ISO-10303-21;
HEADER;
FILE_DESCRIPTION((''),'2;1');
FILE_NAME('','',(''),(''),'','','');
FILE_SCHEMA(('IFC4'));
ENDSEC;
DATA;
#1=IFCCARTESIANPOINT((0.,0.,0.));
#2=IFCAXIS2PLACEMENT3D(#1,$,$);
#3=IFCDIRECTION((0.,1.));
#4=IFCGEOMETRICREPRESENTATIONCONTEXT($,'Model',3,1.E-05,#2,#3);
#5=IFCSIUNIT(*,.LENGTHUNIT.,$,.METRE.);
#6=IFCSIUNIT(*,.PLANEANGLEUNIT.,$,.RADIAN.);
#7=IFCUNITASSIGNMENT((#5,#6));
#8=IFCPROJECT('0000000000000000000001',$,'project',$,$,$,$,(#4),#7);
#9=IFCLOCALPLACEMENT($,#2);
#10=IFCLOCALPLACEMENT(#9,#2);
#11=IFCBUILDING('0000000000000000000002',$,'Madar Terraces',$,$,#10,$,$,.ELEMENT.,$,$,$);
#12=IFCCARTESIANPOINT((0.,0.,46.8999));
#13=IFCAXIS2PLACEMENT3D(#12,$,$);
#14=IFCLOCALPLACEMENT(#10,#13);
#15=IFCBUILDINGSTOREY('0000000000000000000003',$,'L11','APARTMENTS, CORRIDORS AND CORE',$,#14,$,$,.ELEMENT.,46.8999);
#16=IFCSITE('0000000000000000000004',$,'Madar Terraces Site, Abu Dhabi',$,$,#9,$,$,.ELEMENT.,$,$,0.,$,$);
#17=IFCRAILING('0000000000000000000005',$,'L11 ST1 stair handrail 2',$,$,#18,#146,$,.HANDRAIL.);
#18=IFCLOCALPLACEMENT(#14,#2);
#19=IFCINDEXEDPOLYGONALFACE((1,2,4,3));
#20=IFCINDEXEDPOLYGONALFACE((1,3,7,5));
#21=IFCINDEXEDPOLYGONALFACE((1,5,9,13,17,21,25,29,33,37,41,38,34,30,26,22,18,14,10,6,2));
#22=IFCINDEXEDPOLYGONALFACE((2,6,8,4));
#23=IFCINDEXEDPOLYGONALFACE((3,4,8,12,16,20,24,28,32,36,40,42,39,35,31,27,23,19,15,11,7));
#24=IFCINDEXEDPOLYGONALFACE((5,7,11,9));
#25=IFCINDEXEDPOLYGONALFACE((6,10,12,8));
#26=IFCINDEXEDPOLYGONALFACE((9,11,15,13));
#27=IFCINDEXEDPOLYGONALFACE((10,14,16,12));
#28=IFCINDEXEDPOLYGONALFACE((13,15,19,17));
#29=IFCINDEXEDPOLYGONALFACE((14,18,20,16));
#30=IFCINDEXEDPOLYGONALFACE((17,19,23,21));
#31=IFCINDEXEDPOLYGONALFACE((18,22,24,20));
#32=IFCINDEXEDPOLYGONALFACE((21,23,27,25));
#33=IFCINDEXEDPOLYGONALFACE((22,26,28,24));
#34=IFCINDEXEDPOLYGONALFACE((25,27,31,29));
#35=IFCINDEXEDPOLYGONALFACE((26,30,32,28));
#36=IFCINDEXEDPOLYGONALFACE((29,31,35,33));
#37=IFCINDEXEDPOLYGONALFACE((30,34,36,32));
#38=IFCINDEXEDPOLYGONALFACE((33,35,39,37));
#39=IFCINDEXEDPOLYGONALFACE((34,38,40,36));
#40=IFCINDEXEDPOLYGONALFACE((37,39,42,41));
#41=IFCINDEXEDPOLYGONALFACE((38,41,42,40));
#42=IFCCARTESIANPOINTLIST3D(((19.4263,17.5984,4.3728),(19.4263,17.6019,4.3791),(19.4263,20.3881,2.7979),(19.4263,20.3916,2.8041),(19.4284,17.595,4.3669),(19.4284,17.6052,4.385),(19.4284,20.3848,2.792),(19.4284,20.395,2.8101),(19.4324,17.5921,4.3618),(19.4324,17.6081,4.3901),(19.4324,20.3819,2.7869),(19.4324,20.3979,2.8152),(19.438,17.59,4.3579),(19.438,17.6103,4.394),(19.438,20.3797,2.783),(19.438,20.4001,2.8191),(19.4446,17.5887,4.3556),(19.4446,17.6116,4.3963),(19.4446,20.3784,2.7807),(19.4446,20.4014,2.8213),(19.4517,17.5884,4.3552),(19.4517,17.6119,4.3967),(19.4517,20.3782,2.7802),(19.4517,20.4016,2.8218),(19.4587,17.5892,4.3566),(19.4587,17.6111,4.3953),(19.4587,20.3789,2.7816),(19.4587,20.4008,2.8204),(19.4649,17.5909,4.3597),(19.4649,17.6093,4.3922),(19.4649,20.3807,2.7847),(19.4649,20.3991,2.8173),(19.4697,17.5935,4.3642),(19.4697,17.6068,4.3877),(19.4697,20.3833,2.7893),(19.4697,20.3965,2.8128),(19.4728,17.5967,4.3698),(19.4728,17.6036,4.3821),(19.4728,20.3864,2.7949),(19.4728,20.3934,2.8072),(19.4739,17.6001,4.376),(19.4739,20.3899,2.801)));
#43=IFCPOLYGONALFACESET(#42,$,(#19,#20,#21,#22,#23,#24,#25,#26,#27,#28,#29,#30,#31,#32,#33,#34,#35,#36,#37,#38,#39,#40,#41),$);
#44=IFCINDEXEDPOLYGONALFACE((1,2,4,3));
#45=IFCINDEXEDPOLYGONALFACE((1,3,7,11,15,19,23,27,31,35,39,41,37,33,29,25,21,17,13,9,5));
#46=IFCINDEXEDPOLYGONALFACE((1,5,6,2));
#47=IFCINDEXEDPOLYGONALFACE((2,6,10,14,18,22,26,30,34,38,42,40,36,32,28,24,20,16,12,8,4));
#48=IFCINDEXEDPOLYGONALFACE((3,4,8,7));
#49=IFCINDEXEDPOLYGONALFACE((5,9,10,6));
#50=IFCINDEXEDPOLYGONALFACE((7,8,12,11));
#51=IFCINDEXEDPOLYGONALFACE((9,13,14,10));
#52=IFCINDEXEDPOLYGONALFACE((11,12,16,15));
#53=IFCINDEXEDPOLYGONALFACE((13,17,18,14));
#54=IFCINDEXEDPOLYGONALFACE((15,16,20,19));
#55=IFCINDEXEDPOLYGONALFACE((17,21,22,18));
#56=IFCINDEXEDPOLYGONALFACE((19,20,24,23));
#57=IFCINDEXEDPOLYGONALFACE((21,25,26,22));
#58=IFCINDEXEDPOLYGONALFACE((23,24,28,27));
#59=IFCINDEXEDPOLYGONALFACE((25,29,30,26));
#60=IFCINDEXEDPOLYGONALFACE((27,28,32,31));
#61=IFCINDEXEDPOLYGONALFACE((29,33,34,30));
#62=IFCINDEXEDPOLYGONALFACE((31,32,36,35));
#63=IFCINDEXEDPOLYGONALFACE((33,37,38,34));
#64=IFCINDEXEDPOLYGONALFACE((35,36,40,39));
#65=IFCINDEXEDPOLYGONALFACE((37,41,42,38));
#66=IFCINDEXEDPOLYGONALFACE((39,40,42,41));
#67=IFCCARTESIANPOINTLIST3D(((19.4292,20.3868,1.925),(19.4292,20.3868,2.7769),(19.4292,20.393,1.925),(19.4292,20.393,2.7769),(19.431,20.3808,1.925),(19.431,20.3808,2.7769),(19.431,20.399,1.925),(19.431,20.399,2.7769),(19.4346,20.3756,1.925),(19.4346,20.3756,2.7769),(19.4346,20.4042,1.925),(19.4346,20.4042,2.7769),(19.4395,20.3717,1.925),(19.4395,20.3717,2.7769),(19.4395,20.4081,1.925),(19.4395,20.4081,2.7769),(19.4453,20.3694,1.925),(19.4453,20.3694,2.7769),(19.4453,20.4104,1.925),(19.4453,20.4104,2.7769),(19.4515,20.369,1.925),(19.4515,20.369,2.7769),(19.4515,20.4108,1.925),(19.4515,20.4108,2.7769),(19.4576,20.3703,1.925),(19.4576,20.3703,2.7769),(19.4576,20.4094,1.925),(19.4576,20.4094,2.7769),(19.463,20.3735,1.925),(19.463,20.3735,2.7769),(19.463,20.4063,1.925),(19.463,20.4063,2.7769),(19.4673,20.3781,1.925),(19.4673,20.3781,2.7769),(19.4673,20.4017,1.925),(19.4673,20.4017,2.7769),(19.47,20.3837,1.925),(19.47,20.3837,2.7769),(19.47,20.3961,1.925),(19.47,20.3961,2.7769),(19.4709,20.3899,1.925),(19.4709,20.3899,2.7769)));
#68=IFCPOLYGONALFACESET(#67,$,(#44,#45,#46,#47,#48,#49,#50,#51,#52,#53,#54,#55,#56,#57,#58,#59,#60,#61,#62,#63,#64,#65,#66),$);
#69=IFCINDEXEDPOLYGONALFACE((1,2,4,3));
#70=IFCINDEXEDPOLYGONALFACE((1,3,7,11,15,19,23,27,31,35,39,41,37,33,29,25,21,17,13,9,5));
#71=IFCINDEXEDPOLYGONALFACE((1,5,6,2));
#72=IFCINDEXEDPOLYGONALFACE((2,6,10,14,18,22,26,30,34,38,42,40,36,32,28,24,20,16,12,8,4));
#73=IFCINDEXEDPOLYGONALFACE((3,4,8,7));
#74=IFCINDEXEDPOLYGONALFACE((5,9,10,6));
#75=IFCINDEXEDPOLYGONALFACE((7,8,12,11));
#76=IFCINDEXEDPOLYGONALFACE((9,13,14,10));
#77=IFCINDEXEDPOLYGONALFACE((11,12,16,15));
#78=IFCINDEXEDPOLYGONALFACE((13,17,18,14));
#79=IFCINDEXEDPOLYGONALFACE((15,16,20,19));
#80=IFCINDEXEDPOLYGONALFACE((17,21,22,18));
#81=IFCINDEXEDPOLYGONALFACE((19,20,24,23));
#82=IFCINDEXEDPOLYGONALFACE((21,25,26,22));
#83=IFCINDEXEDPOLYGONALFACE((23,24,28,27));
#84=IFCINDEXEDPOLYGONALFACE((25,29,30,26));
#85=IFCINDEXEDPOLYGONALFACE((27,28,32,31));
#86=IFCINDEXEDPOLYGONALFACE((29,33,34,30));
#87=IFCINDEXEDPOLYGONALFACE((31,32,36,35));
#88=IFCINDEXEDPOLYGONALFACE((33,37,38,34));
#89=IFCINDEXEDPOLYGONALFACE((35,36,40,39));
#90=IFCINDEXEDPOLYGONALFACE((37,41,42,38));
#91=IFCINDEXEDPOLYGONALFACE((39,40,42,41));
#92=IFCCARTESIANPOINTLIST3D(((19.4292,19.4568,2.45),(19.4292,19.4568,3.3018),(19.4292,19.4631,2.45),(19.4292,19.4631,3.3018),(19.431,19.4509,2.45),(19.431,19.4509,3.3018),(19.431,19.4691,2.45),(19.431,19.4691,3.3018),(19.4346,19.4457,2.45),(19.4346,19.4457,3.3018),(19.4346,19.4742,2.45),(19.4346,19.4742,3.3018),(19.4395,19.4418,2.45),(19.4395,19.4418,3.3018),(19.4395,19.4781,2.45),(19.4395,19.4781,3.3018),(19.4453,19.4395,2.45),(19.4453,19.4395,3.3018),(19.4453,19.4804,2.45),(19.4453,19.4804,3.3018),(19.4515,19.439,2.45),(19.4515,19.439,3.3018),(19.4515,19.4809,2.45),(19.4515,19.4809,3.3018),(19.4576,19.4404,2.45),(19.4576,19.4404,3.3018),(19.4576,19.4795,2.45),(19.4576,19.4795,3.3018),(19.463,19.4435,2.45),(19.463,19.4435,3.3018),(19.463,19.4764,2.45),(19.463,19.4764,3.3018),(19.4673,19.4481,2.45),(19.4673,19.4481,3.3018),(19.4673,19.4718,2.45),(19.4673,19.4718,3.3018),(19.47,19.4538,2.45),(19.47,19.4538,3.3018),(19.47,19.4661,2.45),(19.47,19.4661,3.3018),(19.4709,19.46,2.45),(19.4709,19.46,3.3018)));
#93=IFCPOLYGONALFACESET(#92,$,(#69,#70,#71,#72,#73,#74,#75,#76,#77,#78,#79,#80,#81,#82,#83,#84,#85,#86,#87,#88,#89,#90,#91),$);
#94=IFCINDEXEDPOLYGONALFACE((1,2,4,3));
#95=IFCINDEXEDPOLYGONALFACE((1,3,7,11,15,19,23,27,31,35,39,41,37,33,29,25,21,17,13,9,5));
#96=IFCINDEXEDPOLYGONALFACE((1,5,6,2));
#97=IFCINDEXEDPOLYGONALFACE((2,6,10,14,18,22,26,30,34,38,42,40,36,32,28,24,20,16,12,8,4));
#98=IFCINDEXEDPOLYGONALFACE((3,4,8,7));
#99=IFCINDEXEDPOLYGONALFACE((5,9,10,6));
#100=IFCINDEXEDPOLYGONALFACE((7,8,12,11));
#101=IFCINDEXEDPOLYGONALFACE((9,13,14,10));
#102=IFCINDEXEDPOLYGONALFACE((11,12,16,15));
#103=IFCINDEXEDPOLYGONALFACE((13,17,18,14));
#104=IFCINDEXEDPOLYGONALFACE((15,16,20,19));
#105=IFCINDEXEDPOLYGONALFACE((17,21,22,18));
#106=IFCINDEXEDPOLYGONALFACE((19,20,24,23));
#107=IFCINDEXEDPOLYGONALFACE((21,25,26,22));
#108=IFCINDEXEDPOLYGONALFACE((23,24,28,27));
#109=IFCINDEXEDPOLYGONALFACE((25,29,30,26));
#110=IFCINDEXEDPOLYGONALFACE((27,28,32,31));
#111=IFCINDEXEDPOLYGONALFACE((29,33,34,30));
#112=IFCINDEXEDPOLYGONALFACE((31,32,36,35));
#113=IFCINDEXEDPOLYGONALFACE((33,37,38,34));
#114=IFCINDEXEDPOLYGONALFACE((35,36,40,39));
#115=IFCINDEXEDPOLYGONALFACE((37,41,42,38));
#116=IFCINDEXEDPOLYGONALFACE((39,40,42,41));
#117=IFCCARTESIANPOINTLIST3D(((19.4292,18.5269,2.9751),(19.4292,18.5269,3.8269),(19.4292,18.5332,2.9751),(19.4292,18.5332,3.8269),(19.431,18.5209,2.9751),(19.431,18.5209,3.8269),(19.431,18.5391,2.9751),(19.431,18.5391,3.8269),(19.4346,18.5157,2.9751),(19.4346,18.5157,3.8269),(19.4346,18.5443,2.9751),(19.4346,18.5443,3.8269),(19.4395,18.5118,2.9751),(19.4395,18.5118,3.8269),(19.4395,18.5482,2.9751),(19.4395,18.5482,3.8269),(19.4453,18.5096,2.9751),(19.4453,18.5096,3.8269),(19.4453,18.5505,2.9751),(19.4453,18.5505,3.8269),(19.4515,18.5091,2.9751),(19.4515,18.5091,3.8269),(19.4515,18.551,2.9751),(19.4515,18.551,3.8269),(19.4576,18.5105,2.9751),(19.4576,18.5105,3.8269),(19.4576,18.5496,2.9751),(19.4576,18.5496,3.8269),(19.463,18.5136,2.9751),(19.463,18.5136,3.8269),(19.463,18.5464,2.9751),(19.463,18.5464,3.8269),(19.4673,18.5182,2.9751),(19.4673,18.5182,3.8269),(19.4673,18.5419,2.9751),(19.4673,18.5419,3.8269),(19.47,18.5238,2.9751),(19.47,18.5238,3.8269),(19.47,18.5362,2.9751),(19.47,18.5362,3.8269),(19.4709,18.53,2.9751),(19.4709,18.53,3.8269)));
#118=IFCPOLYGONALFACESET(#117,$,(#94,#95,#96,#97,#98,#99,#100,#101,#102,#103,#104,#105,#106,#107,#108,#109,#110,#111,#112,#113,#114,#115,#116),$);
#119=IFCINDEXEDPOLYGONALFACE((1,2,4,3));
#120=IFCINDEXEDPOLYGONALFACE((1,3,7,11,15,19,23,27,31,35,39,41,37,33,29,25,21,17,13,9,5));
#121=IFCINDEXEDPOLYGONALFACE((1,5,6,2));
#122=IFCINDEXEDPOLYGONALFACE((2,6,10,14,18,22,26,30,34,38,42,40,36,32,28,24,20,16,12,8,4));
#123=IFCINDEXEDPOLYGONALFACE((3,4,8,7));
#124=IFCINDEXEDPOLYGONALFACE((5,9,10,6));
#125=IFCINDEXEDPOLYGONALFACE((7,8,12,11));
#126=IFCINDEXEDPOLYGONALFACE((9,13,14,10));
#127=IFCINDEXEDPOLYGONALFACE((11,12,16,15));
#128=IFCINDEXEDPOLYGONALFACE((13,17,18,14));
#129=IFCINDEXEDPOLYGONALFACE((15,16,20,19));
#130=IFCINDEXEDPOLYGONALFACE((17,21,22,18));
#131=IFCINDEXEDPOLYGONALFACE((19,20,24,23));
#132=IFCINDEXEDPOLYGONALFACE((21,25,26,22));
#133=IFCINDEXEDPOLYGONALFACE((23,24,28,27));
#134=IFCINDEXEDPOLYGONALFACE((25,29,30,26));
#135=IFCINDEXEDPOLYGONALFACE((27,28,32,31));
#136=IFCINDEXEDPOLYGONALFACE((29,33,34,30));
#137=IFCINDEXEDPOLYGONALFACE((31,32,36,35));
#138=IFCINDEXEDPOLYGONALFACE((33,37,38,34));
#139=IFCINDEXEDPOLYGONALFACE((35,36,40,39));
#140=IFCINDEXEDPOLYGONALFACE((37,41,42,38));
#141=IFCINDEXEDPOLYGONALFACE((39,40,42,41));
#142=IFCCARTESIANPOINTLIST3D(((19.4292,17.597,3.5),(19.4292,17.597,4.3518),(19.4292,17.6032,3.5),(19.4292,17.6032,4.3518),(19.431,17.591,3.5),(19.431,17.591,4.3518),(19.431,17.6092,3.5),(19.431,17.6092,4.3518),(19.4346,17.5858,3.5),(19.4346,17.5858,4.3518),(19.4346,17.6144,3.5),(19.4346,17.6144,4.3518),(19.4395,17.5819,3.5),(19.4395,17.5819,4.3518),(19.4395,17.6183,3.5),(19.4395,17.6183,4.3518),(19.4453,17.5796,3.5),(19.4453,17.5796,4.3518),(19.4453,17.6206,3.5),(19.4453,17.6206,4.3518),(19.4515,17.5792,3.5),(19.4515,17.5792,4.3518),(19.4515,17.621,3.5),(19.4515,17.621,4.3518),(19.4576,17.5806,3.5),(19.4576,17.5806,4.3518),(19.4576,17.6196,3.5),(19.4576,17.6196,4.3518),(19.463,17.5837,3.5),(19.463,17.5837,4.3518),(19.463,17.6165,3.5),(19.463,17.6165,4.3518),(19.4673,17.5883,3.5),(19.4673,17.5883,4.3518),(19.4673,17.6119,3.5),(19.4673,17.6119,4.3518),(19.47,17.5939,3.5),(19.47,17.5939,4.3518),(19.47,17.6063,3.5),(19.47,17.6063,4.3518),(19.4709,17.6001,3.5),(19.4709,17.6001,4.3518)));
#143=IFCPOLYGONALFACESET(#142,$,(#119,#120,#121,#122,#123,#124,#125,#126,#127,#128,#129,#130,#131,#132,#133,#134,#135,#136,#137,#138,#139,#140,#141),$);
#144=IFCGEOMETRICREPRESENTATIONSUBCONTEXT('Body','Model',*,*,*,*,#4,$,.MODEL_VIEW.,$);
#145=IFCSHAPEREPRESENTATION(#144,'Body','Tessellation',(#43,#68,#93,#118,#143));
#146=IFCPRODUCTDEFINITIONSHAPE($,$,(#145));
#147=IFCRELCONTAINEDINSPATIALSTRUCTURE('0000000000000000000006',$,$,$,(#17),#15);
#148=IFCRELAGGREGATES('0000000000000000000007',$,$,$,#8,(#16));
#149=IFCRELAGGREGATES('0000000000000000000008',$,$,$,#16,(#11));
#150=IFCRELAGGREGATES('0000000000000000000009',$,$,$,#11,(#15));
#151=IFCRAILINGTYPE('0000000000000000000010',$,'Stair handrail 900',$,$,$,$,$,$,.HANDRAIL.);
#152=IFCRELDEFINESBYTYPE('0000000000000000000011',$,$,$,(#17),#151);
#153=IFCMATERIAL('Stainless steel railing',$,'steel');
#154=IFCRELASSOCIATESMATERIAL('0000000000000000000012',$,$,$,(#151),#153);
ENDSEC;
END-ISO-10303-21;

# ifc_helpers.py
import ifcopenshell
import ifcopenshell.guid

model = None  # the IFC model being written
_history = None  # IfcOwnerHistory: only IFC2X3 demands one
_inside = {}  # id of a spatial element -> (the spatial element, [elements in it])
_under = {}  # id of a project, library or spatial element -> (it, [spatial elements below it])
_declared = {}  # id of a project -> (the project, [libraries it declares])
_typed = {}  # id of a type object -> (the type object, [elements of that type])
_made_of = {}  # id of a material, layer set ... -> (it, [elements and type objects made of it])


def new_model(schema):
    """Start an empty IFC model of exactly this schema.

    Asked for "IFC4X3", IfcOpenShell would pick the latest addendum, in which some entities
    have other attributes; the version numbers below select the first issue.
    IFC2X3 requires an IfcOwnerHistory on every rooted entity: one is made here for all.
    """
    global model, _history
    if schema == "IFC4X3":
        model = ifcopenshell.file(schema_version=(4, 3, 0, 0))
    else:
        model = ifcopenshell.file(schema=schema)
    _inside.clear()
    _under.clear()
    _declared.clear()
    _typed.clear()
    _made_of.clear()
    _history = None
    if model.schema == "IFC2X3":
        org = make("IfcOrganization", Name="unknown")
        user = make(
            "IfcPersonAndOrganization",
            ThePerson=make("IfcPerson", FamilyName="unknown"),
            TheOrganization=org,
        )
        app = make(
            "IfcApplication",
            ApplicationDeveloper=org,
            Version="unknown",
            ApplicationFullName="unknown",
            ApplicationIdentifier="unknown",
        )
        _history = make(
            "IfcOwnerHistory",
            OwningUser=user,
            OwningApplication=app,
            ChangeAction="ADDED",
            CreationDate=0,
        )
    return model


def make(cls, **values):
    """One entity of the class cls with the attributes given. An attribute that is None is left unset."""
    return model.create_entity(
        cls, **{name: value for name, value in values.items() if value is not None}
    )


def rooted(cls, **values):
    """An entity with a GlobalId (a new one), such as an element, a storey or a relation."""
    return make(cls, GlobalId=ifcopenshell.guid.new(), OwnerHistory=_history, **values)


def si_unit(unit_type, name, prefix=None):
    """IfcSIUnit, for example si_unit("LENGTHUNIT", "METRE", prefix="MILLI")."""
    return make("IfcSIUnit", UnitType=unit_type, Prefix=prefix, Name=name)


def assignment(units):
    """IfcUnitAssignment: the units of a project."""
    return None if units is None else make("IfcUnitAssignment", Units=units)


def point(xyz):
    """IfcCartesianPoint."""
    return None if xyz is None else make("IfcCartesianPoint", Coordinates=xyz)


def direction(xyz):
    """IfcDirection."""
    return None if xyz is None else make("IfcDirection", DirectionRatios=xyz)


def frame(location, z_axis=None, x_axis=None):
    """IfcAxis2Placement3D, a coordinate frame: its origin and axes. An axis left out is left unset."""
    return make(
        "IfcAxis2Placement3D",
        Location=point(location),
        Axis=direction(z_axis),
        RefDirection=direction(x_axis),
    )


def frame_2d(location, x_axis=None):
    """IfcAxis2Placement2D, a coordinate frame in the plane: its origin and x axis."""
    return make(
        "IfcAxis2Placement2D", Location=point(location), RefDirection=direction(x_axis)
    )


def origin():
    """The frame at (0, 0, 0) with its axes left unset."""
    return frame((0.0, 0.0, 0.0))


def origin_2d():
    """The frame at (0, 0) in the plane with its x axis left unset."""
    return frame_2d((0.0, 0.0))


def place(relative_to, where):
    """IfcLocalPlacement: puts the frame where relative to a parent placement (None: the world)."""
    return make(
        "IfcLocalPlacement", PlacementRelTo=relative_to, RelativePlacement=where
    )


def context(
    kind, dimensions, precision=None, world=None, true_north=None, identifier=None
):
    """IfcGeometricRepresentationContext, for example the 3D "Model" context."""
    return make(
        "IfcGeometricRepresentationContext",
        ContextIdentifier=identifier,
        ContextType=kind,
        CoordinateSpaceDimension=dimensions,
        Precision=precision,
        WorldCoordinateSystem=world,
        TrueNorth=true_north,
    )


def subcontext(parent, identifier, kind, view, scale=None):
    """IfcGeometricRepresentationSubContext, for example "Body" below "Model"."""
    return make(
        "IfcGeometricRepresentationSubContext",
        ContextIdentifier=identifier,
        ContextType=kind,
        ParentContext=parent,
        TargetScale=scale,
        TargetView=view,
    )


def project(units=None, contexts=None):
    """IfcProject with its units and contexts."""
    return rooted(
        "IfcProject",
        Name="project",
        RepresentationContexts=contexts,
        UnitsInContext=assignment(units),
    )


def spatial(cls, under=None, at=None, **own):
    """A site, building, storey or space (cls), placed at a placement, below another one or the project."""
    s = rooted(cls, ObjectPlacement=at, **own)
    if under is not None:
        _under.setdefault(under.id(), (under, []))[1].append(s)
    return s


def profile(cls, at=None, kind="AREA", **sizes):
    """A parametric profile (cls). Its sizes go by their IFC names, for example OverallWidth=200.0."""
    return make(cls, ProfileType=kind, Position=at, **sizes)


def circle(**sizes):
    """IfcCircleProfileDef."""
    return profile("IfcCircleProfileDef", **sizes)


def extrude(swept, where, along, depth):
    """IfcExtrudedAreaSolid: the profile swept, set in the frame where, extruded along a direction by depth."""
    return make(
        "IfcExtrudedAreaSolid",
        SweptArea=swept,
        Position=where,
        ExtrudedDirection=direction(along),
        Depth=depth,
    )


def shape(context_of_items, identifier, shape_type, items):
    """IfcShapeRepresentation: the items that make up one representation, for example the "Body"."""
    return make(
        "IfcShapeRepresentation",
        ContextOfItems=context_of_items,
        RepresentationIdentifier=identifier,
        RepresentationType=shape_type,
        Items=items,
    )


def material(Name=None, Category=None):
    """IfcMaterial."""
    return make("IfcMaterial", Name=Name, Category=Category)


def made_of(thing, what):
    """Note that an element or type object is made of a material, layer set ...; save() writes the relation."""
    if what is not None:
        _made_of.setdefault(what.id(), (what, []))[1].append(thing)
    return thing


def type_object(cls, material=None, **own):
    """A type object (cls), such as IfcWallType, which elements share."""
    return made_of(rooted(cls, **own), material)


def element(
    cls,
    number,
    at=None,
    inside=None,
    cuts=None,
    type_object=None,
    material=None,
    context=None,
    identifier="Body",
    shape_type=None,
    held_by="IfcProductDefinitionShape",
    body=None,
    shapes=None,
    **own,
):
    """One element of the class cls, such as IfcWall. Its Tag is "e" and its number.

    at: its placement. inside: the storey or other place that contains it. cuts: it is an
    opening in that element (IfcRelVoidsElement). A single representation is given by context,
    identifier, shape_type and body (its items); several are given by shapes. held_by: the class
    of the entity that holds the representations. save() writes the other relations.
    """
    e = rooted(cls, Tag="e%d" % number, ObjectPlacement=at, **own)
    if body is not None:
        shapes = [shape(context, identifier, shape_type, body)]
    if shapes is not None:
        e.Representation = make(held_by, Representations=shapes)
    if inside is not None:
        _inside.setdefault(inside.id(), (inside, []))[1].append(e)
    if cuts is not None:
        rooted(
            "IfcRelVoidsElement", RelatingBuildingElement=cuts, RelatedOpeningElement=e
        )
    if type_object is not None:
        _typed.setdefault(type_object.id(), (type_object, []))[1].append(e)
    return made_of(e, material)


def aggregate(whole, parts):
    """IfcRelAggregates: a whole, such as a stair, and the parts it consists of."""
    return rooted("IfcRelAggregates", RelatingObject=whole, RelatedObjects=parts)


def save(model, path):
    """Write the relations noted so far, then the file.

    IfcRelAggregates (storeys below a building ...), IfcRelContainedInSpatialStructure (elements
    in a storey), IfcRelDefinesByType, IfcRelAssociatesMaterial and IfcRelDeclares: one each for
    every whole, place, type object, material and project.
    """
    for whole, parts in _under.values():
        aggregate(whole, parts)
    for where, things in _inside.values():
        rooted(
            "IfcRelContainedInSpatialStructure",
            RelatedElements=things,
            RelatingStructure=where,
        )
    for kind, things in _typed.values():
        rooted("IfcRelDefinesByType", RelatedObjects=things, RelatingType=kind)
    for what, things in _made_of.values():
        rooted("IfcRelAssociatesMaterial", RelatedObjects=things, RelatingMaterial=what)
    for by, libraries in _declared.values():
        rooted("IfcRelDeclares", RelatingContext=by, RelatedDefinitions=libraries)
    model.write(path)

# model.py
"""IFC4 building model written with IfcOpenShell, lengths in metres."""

from ifc_helpers import new_model, si_unit, direction, frame, origin, origin_2d, place, context, subcontext, project, spatial, circle, extrude, material, type_object, element, save


model = new_model("IFC4")

# Units and contexts
model_context = context("Model", 3, precision=1e-05, world=origin(), true_north=direction((0.0, 1.0)))
body_context = subcontext(model_context, "Body", "Model", "MODEL_VIEW")
ifc_project = project(units=[si_unit("LENGTHUNIT", "METRE"), si_unit("PLANEANGLEUNIT", "RADIAN")], contexts=[model_context])

# Site, building, storey
site_placement = place(None, origin())
site = spatial("IfcSite", under=ifc_project, at=site_placement, Name="Madar Terraces Site, Abu Dhabi", CompositionType="ELEMENT", RefElevation=0.0)
building_placement = place(site_placement, origin())
building = spatial("IfcBuilding", under=site, at=building_placement, Name="Madar Terraces", CompositionType="ELEMENT")
storey_placement = place(building_placement, frame((0.0, 0.0, 46.8999)))
storey = spatial("IfcBuildingStorey", under=building, at=storey_placement, Name="L11", Description="APARTMENTS, CORRIDORS AND CORE", CompositionType="ELEMENT", Elevation=46.8999)

# Railing
ifc_material_1 = material(Name="Stainless steel railing", Category="steel")
railing_type_1 = type_object("IfcRailingType", Name="Stair handrail 900", PredefinedType="HANDRAIL", material=ifc_material_1)
railing_1_placement = place(storey_placement, frame((19.45, 20.3899, 1.925)))
element("IfcRailing", 1, at=railing_1_placement, inside=storey, type_object=railing_type_1, Name="L11 ST1 stair handrail 2", PredefinedType="HANDRAIL", context=body_context, shape_type="SweptSolid", body=[
    extrude(circle(Radius=0.0239, at=origin_2d()), frame((0.0, 0.0, 0.876), z_axis=(0.0, -0.870815, 0.49161), x_axis=(1.0, 0.0, 0.0)), (0.0, 0.0, 1.0), 3.2036),
    extrude(circle(Radius=0.021, at=origin_2d()), origin(), (0.0, 0.0, 1.0), 0.8518),
    extrude(circle(Radius=0.021, at=origin_2d()), frame((0.0, -0.9299, 0.5249)), (0.0, 0.0, 1.0), 0.8518),
    extrude(circle(Radius=0.021, at=origin_2d()), frame((0.0, -1.8599, 1.05)), (0.0, 0.0, 1.0), 0.8518),
    extrude(circle(Radius=0.021, at=origin_2d()), frame((0.0, -2.7898, 1.575)), (0.0, 0.0, 1.0), 0.8518),
])

save(model, "model.ifc")
